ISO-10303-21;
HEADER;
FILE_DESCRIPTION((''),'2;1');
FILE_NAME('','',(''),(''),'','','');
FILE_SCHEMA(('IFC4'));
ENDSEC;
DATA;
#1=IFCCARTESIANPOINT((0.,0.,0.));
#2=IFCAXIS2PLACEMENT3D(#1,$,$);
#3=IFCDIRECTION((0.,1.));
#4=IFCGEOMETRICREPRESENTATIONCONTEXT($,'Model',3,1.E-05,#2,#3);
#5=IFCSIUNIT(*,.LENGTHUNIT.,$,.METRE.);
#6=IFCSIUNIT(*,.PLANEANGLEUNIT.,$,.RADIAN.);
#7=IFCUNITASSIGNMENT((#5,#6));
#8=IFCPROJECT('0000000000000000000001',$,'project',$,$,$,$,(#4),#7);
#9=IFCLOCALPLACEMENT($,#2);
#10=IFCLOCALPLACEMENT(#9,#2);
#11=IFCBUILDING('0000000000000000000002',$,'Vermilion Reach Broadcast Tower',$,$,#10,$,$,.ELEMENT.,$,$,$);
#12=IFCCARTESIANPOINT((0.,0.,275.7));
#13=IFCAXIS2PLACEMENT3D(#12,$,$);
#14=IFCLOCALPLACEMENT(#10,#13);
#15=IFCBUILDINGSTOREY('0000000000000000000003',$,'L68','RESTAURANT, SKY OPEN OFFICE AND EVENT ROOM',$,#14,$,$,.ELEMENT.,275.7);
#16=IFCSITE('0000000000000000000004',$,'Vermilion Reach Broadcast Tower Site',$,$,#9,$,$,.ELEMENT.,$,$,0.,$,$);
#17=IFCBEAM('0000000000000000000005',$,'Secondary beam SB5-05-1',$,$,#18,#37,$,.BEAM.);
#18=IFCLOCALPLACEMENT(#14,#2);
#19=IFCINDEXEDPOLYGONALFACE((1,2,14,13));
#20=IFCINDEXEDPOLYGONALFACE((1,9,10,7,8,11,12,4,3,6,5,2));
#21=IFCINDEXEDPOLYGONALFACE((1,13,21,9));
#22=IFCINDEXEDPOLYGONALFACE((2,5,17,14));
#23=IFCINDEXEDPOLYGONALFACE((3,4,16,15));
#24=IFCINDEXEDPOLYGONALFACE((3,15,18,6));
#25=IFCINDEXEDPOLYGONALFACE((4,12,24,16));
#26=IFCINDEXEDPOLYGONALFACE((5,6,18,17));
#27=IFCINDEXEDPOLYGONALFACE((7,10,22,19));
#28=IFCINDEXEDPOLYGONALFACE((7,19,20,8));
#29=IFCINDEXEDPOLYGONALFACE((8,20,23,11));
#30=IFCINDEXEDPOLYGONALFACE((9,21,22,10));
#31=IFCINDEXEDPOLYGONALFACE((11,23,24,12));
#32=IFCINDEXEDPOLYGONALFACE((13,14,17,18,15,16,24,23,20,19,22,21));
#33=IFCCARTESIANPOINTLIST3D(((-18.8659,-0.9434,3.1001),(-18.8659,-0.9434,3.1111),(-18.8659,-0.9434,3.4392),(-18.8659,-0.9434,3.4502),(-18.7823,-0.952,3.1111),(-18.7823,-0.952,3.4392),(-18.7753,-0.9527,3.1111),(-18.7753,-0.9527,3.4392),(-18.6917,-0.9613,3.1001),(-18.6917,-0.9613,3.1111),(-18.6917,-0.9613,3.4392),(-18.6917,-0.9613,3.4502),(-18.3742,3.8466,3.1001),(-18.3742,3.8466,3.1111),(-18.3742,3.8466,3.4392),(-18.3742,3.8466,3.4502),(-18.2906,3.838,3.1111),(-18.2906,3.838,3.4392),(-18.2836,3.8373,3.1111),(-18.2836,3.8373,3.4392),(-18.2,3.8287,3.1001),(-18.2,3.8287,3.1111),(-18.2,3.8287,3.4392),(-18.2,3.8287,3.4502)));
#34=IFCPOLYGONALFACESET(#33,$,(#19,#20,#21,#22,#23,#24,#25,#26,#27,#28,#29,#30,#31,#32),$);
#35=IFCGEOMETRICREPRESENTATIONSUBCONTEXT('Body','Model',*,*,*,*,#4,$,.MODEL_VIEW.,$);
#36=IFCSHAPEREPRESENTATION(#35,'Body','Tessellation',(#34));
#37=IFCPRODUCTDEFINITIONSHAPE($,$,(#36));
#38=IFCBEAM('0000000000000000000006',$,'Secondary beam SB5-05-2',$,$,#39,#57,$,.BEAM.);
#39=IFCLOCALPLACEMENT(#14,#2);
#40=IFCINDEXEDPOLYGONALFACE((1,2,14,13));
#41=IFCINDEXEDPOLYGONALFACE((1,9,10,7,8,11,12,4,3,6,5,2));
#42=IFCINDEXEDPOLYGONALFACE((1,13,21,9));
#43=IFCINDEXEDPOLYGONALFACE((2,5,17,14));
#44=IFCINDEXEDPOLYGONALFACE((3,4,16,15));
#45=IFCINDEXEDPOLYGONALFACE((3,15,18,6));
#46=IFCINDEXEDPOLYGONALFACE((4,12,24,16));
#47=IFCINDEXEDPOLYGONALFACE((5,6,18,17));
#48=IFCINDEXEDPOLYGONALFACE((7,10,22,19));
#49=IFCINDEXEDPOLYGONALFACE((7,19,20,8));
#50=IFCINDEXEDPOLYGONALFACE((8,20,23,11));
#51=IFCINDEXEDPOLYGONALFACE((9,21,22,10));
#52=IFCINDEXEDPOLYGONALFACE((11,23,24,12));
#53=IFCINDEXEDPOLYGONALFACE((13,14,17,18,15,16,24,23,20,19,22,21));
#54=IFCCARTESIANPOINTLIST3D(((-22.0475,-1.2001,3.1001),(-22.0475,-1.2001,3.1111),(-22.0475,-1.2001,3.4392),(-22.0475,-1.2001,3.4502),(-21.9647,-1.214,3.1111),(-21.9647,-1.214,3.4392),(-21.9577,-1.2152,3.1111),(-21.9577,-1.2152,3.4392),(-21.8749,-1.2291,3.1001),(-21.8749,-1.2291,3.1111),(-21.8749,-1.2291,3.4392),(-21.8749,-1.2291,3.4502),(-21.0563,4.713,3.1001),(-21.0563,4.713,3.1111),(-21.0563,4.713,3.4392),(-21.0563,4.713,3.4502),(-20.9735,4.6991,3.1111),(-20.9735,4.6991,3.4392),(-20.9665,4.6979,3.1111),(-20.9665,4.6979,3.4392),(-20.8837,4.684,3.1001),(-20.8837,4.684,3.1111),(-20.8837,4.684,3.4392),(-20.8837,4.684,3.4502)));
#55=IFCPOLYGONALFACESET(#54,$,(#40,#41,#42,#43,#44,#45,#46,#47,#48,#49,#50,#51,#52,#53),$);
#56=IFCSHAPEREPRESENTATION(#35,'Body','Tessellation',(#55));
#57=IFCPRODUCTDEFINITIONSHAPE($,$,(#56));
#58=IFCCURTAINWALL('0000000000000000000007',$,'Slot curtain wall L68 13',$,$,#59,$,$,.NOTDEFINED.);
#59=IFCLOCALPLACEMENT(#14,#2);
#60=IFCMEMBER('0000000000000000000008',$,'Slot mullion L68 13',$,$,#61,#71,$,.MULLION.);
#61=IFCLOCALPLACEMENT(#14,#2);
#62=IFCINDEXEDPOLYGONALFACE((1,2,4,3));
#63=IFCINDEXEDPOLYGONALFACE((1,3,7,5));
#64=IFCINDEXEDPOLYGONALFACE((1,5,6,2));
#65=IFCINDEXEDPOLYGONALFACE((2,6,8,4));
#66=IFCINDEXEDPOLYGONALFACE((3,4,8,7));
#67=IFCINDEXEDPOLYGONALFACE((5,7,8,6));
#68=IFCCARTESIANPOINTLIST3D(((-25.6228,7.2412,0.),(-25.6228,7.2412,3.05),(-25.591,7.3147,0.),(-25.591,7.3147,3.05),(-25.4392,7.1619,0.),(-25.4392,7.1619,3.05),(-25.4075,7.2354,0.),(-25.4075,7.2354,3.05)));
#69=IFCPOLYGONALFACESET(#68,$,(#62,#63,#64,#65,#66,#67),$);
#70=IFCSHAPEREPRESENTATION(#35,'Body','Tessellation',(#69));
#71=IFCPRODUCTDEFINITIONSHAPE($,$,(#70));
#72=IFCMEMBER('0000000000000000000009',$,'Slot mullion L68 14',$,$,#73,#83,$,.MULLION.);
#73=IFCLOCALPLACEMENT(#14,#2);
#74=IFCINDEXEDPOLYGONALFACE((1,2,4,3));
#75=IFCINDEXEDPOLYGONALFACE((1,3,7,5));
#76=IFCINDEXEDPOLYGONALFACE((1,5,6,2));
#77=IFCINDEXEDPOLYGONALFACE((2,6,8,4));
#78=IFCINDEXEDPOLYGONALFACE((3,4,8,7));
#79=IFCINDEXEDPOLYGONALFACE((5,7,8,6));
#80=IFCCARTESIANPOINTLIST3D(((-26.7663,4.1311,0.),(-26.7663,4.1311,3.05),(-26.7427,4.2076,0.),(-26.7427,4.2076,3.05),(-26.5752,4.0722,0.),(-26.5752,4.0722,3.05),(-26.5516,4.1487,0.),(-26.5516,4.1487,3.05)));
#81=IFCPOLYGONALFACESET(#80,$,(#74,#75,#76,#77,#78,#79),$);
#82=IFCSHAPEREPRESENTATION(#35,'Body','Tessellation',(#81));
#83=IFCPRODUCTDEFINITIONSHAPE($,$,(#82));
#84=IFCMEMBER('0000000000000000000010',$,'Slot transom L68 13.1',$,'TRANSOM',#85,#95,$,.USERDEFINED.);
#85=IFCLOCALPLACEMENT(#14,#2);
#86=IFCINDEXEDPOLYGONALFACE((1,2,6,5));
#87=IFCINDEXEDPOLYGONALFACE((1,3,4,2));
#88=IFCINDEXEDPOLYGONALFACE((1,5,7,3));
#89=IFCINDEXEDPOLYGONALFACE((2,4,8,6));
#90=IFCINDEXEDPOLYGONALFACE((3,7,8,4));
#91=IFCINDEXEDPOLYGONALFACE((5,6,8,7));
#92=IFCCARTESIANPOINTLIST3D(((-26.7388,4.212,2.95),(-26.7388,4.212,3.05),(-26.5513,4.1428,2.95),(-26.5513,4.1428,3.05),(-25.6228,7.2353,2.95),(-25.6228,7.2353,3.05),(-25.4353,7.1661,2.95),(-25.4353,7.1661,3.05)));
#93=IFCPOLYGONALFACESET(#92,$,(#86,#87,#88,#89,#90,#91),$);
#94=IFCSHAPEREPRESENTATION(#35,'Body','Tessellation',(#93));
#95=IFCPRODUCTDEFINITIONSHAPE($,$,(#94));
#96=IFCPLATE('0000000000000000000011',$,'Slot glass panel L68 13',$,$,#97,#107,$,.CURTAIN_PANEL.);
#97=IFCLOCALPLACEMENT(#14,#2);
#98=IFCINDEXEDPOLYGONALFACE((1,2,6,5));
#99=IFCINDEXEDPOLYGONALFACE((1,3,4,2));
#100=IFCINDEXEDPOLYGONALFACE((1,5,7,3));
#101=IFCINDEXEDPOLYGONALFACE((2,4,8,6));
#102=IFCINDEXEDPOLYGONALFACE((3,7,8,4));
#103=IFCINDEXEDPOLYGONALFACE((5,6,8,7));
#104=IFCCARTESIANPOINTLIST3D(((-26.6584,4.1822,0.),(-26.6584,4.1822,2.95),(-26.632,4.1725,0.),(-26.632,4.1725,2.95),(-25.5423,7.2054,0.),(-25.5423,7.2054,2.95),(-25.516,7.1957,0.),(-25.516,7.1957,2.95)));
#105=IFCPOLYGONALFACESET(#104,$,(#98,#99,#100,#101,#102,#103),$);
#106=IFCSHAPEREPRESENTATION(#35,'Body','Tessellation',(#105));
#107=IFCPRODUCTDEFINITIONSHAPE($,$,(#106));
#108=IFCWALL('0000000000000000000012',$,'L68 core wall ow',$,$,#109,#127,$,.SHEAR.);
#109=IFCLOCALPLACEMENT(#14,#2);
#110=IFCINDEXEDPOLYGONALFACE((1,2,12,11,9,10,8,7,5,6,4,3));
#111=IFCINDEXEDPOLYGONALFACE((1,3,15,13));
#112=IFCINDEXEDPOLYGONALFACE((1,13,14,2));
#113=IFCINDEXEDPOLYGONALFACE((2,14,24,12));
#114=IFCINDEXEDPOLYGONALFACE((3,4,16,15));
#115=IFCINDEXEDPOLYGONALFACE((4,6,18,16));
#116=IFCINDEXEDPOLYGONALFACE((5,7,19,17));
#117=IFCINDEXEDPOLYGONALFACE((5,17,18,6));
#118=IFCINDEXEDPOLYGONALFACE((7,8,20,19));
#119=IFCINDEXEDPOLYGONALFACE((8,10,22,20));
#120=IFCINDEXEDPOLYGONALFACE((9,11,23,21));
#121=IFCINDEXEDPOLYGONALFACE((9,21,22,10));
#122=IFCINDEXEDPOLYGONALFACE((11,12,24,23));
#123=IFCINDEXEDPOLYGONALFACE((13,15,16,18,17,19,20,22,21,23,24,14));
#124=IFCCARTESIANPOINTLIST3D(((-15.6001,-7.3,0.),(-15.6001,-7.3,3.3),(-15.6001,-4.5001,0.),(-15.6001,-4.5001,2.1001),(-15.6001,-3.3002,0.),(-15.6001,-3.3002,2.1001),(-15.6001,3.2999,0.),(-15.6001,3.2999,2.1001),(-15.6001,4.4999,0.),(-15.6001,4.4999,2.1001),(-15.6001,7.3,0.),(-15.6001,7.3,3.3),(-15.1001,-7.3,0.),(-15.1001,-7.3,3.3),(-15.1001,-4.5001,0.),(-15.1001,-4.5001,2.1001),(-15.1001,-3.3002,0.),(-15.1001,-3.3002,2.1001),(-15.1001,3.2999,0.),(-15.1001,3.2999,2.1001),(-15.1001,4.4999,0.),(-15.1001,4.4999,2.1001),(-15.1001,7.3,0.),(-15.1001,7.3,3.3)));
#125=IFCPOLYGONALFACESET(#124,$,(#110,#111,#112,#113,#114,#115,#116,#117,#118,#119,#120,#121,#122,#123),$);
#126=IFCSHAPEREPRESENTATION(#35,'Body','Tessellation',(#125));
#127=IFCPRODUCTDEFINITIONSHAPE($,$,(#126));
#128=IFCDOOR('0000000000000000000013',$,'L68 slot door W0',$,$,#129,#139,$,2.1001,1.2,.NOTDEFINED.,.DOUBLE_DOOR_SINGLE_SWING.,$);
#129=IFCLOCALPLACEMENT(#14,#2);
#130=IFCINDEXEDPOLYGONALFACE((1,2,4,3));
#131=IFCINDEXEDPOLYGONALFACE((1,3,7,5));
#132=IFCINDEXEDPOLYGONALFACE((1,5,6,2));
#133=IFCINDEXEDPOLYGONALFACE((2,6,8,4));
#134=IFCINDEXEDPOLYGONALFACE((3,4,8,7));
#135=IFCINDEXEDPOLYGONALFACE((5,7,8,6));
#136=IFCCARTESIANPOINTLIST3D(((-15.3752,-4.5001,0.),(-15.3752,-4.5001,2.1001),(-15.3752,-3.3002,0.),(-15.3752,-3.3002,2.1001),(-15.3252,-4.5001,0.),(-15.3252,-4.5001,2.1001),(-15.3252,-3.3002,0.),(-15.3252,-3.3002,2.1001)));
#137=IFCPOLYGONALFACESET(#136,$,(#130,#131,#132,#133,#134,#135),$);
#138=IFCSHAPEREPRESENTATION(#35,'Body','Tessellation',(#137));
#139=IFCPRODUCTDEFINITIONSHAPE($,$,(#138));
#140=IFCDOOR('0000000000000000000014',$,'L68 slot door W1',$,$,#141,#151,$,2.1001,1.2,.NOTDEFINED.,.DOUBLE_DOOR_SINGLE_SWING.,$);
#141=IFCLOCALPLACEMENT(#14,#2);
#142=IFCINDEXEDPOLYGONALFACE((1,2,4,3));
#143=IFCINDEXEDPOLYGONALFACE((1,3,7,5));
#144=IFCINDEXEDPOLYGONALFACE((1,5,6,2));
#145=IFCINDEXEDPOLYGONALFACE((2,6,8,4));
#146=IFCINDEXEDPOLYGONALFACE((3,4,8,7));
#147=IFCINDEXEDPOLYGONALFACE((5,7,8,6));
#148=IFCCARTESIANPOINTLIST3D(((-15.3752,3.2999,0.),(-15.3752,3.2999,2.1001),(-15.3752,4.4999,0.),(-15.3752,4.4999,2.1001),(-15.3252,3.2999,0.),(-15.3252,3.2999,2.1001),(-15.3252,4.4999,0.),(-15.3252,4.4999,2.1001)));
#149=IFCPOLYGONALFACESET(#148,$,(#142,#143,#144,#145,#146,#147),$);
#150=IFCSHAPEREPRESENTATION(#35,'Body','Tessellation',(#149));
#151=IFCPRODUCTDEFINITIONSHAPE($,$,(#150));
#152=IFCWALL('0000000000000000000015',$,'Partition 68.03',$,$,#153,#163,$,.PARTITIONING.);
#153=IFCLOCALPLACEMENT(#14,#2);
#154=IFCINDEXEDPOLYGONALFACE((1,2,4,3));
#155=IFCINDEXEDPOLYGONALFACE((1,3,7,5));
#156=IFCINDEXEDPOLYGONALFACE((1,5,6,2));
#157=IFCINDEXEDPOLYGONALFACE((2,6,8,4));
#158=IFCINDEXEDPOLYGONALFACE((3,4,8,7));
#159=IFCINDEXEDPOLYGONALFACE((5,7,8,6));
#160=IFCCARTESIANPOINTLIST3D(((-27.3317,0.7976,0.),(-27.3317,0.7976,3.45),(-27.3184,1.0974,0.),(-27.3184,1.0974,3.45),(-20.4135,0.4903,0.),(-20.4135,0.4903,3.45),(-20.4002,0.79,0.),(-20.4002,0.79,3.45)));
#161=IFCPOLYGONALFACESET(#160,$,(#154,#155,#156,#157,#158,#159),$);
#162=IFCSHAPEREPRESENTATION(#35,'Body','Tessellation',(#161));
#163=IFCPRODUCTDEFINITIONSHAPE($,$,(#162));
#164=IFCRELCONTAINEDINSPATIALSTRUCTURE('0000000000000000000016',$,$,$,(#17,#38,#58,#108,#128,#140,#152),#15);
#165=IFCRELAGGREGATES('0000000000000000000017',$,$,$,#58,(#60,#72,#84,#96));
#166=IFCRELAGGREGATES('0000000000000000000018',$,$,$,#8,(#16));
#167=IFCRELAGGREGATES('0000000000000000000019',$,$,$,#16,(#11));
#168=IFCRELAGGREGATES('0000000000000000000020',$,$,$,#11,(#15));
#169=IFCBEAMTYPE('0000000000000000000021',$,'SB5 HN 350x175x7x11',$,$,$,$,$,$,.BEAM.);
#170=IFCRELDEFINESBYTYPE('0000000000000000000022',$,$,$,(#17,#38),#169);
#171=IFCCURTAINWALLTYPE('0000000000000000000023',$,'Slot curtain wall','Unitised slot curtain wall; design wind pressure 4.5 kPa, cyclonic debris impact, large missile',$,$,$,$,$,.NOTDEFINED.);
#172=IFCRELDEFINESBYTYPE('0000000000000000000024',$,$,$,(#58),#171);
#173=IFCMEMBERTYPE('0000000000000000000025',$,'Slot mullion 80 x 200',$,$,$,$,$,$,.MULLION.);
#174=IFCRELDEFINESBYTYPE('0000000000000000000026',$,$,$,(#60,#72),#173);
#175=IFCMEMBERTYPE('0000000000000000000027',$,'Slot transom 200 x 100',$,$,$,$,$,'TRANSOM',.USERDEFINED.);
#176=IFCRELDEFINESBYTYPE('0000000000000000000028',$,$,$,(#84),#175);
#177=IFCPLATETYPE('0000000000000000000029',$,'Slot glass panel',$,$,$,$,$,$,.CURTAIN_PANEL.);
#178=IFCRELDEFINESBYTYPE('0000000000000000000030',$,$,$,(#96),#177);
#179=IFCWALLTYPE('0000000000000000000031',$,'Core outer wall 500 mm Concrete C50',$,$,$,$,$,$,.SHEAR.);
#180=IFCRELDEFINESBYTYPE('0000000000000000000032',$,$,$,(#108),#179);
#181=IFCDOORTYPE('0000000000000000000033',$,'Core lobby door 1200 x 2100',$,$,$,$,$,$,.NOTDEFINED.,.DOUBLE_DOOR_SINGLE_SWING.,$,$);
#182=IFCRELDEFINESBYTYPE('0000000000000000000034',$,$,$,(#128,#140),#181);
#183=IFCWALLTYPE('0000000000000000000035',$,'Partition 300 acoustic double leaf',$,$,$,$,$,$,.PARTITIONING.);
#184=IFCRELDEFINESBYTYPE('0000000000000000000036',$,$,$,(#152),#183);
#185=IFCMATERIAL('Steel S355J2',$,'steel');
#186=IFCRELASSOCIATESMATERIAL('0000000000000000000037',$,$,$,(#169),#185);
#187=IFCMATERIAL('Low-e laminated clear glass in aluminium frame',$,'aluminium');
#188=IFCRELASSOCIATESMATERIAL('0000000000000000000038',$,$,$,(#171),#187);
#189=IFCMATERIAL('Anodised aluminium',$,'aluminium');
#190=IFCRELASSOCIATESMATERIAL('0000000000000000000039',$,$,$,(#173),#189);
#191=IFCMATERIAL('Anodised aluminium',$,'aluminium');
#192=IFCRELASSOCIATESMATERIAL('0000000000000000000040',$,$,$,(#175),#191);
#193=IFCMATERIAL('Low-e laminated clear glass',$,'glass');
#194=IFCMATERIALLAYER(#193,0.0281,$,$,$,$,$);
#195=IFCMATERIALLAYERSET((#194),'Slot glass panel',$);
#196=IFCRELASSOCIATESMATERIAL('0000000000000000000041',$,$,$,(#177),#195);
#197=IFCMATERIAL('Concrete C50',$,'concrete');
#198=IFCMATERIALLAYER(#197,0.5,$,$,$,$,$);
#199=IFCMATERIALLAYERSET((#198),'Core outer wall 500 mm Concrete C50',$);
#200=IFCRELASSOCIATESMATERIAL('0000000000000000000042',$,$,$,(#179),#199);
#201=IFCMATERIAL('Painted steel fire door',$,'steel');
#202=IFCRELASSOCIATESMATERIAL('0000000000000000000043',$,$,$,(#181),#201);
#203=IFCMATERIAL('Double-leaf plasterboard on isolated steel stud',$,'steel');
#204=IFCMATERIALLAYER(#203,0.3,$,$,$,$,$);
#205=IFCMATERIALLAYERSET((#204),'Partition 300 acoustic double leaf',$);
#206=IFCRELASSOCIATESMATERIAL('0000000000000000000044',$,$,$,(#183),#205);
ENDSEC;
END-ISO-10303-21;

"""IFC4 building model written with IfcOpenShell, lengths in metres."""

from ifc_helpers import new_model, si_unit, direction, frame, frame_2d, origin, origin_2d, place, context, subcontext, project, spatial, rectangle, i_section, extrude, material, layer, layer_set, material_profile, profile_set, type_object, element, fill, aggregate, save


model = new_model("IFC4")

# Units and contexts
model_context = context("Model", 3, precision=1e-05, world=origin(), true_north=direction((0.0, 1.0)))
body_context = subcontext(model_context, "Body", "Model", "MODEL_VIEW")
ifc_project = project(units=[si_unit("LENGTHUNIT", "METRE"), si_unit("PLANEANGLEUNIT", "RADIAN")], contexts=[model_context])

# Site, building, storey
site_placement = place(None, origin())
site = spatial("IfcSite", under=ifc_project, at=site_placement, Name="Vermilion Reach Broadcast Tower Site", CompositionType="ELEMENT", RefElevation=0.0)
building_placement = place(site_placement, origin())
building = spatial("IfcBuilding", under=site, at=building_placement, Name="Vermilion Reach Broadcast Tower", CompositionType="ELEMENT")
storey_placement = place(building_placement, frame((0.0, 0.0, 275.7)))
storey = spatial("IfcBuildingStorey", under=building, at=storey_placement, Name="L68", Description="RESTAURANT, SKY OPEN OFFICE AND EVENT ROOM", CompositionType="ELEMENT", Elevation=275.7)

# Beams
ifc_material_1 = material(Name="Steel S355J2", Category="steel")
ifc_material_profile_1 = material_profile(ifc_material_1, i_section(OverallWidth=0.175, OverallDepth=0.3501, WebThickness=0.0071, FlangeThickness=0.011, at=origin_2d()), Name="S355J2 HN 350x175x7x11")
ifc_profile_set_1 = profile_set([ifc_material_profile_1], Name="Steel S355J2")
beam_type_1 = type_object("IfcBeamType", Name="SB5 HN 350x175x7x11", PredefinedType="BEAM", material=ifc_profile_set_1)
beam_1_placement = place(storey_placement, frame((-18.2871, 3.8376, 3.2751), z_axis=(-0.102114, -0.994773, 0.0), x_axis=(0.994773, -0.102114, 0.0)))
element("IfcBeam", 1, at=beam_1_placement, inside=storey, type_object=beam_type_1, Name="Secondary beam SB5-05-1", PredefinedType="BEAM", context=body_context, shape_type="SweptSolid", body=[
    extrude(i_section(OverallWidth=0.175, OverallDepth=0.3501, WebThickness=0.0071, FlangeThickness=0.011, at=origin_2d()), origin(), (0.0, 0.0, 1.0), 4.8152),
])
beam_2_placement = place(storey_placement, frame((-20.97, 4.6985, 3.2751), z_axis=(-0.165323, -0.986239, 0.0), x_axis=(0.986239, -0.165323, 0.0)))
element("IfcBeam", 2, at=beam_2_placement, inside=storey, type_object=beam_type_1, Name="Secondary beam SB5-05-2", PredefinedType="BEAM", context=body_context, shape_type="SweptSolid", body=[
    extrude(i_section(OverallWidth=0.175, OverallDepth=0.3501, WebThickness=0.0071, FlangeThickness=0.011, at=origin_2d()), origin(), (0.0, 0.0, 1.0), 5.9956),
])

# Curtain wall, members, plate
ifc_material_2 = material(Name="Low-e laminated clear glass in aluminium frame", Category="aluminium")
curtain_wall_type = type_object("IfcCurtainWallType", Name="Slot curtain wall", Description="Unitised slot curtain wall; design wind pressure 4.5 kPa, cyclonic debris impact, large missile", PredefinedType="NOTDEFINED", material=ifc_material_2)
curtain_wall_placement = place(storey_placement, origin())
curtain_wall = element("IfcCurtainWall", 3, at=curtain_wall_placement, inside=storey, type_object=curtain_wall_type, Name="Slot curtain wall L68 13", PredefinedType="NOTDEFINED")
ifc_material_3 = material(Name="Anodised aluminium", Category="aluminium")
ifc_material_profile_2 = material_profile(ifc_material_3, rectangle(XDim=0.2, YDim=0.0801, at=origin_2d()), Name="Slot mullion 80 x 200")
ifc_profile_set_2 = profile_set([ifc_material_profile_2], Name="Anodised aluminium")
member_type_1 = type_object("IfcMemberType", Name="Slot mullion 80 x 200", PredefinedType="MULLION", material=ifc_profile_set_2)
member_1_placement = place(storey_placement, frame((-25.5151, 7.2383, 0.0), z_axis=(0.0, 0.0, 1.0), x_axis=(0.918073, -0.396412, 0.0)))
member_1 = element("IfcMember", 4, at=member_1_placement, type_object=member_type_1, Name="Slot mullion L68 13", PredefinedType="MULLION", context=body_context, shape_type="SweptSolid", body=[
    extrude(rectangle(XDim=0.2, YDim=0.0801, at=origin_2d()), origin(), (0.0, 0.0, 1.0), 3.05),
])
member_2_placement = place(storey_placement, frame((-26.6589, 4.1399, 0.0), z_axis=(0.0, 0.0, 1.0), x_axis=(0.955695, -0.294358, 0.0)))
member_2 = element("IfcMember", 5, at=member_2_placement, type_object=member_type_1, Name="Slot mullion L68 14", PredefinedType="MULLION", context=body_context, shape_type="SweptSolid", body=[
    extrude(rectangle(XDim=0.2, YDim=0.0801, at=origin_2d()), origin(), (0.0, 0.0, 1.0), 3.05),
])
ifc_material_4 = material(Name="Anodised aluminium", Category="aluminium")
ifc_material_profile_3 = material_profile(ifc_material_4, rectangle(XDim=0.2, YDim=0.1001, at=origin_2d()), Name="Slot transom 200 x 100")
ifc_profile_set_3 = profile_set([ifc_material_profile_3], Name="Anodised aluminium")
member_type_2 = type_object("IfcMemberType", Name="Slot transom 200 x 100", ElementType="TRANSOM", PredefinedType="USERDEFINED", material=ifc_profile_set_3)
member_3_placement = place(storey_placement, frame((-25.5291, 7.2007, 3.0), z_axis=(-0.346295, -0.938126, 0.0), x_axis=(0.938126, -0.346295, 0.0)))
member_3 = element("IfcMember", 6, at=member_3_placement, type_object=member_type_2, Name="Slot transom L68 13.1", ObjectType="TRANSOM", PredefinedType="USERDEFINED", context=body_context, shape_type="SweptSolid", body=[
    extrude(rectangle(XDim=0.2, YDim=0.1001, at=origin_2d()), origin(), (0.0, 0.0, 1.0), 3.2227),
])
ifc_material_5 = material(Name="Low-e laminated clear glass", Category="glass")
ifc_layer_1 = layer(ifc_material_5, 0.0281)
ifc_layer_set_1 = layer_set([ifc_layer_1], Name="Slot glass panel")
plate_type = type_object("IfcPlateType", Name="Slot glass panel", PredefinedType="CURTAIN_PANEL", material=ifc_layer_set_1)
plate_placement = place(storey_placement, frame((-26.0872, 5.689, 0.0), z_axis=(0.0, 0.0, 1.0), x_axis=(-0.346321, -0.938116, 0.0)))
plate = element("IfcPlate", 7, at=plate_placement, type_object=plate_type, Name="Slot glass panel L68 13", PredefinedType="CURTAIN_PANEL", context=body_context, shape_type="SweptSolid", body=[
    extrude(rectangle(XDim=3.2227, YDim=0.0281, at=origin_2d()), origin(), (0.0, 0.0, 1.0), 2.95),
])
aggregate(curtain_wall, [member_1, member_2, member_3, plate])

# Wall, openings, doors
ifc_material_6 = material(Name="Concrete C50", Category="concrete")
ifc_layer_2 = layer(ifc_material_6, 0.5)
ifc_layer_set_2 = layer_set([ifc_layer_2], Name="Core outer wall 500 mm Concrete C50")
wall_type_1 = type_object("IfcWallType", Name="Core outer wall 500 mm Concrete C50", PredefinedType="SHEAR", material=ifc_layer_set_2)
wall_1_placement = place(storey_placement, frame((-15.3501, 7.3, 0.0), z_axis=(0.0, 0.0, 1.0), x_axis=(0.0, -1.0, 0.0)))
wall_1 = element("IfcWall", 8, at=wall_1_placement, inside=storey, type_object=wall_type_1, Name="L68 core wall ow", PredefinedType="SHEAR", context=body_context, shape_type="SweptSolid", body=[
    extrude(rectangle(XDim=14.6001, YDim=0.5, at=frame_2d((7.3, 0.0))), origin(), (0.0, 0.0, 1.0), 3.3),
])
opening_1_placement = place(wall_1_placement, frame((10.6001, 0.0, 0.0)))
opening_1 = element("IfcOpeningElement", 9, at=opening_1_placement, cuts=wall_1, PredefinedType="OPENING", context=body_context, shape_type="SweptSolid", body=[
    extrude(rectangle(XDim=1.2, YDim=2.1001, at=frame_2d((0.6001, 1.05))), frame((0.0, 0.26, 0.0), z_axis=(0.0, -1.0, 0.0), x_axis=(1.0, 0.0, 0.0)), (0.0, 0.0, 1.0), 0.52),
])
opening_2_placement = place(wall_1_placement, frame((2.8, 0.0, 0.0)))
opening_2 = element("IfcOpeningElement", 10, at=opening_2_placement, cuts=wall_1, PredefinedType="OPENING", context=body_context, shape_type="SweptSolid", body=[
    extrude(rectangle(XDim=1.2, YDim=2.1001, at=frame_2d((0.6001, 1.05))), frame((0.0, 0.26, 0.0), z_axis=(0.0, -1.0, 0.0), x_axis=(1.0, 0.0, 0.0)), (0.0, 0.0, 1.0), 0.52),
])
ifc_material_7 = material(Name="Painted steel fire door", Category="steel")
door_type = type_object("IfcDoorType", Name="Core lobby door 1200 x 2100", OperationType="DOUBLE_DOOR_SINGLE_SWING", PredefinedType="NOTDEFINED", material=ifc_material_7)
door_1_placement = place(opening_1_placement, origin())
door_1 = element("IfcDoor", 11, at=door_1_placement, inside=storey, type_object=door_type, Name="L68 slot door W0", OperationType="DOUBLE_DOOR_SINGLE_SWING", OverallHeight=2.1001, OverallWidth=1.2, PredefinedType="NOTDEFINED", context=body_context, shape_type="SweptSolid", body=[
    extrude(rectangle(XDim=1.2, YDim=2.1001, at=frame_2d((0.6001, 1.05))), frame((0.0, 0.0249, 0.0), z_axis=(0.0, -1.0, 0.0), x_axis=(1.0, 0.0, 0.0)), (0.0, 0.0, 1.0), 0.05),
])
fill(opening_1, door_1)
door_2_placement = place(opening_2_placement, origin())
door_2 = element("IfcDoor", 12, at=door_2_placement, inside=storey, type_object=door_type, Name="L68 slot door W1", OperationType="DOUBLE_DOOR_SINGLE_SWING", OverallHeight=2.1001, OverallWidth=1.2, PredefinedType="NOTDEFINED", context=body_context, shape_type="SweptSolid", body=[
    extrude(rectangle(XDim=1.2, YDim=2.1001, at=frame_2d((0.6001, 1.05))), frame((0.0, 0.0249, 0.0), z_axis=(0.0, -1.0, 0.0), x_axis=(1.0, 0.0, 0.0)), (0.0, 0.0, 1.0), 0.05),
])
fill(opening_2, door_2)

# Wall
ifc_material_8 = material(Name="Double-leaf plasterboard on isolated steel stud", Category="steel")
ifc_layer_3 = layer(ifc_material_8, 0.3)
ifc_layer_set_3 = layer_set([ifc_layer_3], Name="Partition 300 acoustic double leaf")
wall_type_2 = type_object("IfcWallType", Name="Partition 300 acoustic double leaf", PredefinedType="PARTITIONING", material=ifc_layer_set_3)
wall_2_placement = place(storey_placement, frame((-27.325, 0.9475, 0.0), z_axis=(0.0, 0.0, 1.0), x_axis=(0.999014, -0.044386, 0.0)))
element("IfcWall", 13, at=wall_2_placement, inside=storey, type_object=wall_type_2, Name="Partition 68.03", PredefinedType="PARTITIONING", context=body_context, shape_type="SweptSolid", body=[
    extrude(rectangle(XDim=6.925, YDim=0.3, at=frame_2d((3.4624, 0.0))), origin(), (0.0, 0.0, 1.0), 3.45),
])

save(model, "model.ifc")
